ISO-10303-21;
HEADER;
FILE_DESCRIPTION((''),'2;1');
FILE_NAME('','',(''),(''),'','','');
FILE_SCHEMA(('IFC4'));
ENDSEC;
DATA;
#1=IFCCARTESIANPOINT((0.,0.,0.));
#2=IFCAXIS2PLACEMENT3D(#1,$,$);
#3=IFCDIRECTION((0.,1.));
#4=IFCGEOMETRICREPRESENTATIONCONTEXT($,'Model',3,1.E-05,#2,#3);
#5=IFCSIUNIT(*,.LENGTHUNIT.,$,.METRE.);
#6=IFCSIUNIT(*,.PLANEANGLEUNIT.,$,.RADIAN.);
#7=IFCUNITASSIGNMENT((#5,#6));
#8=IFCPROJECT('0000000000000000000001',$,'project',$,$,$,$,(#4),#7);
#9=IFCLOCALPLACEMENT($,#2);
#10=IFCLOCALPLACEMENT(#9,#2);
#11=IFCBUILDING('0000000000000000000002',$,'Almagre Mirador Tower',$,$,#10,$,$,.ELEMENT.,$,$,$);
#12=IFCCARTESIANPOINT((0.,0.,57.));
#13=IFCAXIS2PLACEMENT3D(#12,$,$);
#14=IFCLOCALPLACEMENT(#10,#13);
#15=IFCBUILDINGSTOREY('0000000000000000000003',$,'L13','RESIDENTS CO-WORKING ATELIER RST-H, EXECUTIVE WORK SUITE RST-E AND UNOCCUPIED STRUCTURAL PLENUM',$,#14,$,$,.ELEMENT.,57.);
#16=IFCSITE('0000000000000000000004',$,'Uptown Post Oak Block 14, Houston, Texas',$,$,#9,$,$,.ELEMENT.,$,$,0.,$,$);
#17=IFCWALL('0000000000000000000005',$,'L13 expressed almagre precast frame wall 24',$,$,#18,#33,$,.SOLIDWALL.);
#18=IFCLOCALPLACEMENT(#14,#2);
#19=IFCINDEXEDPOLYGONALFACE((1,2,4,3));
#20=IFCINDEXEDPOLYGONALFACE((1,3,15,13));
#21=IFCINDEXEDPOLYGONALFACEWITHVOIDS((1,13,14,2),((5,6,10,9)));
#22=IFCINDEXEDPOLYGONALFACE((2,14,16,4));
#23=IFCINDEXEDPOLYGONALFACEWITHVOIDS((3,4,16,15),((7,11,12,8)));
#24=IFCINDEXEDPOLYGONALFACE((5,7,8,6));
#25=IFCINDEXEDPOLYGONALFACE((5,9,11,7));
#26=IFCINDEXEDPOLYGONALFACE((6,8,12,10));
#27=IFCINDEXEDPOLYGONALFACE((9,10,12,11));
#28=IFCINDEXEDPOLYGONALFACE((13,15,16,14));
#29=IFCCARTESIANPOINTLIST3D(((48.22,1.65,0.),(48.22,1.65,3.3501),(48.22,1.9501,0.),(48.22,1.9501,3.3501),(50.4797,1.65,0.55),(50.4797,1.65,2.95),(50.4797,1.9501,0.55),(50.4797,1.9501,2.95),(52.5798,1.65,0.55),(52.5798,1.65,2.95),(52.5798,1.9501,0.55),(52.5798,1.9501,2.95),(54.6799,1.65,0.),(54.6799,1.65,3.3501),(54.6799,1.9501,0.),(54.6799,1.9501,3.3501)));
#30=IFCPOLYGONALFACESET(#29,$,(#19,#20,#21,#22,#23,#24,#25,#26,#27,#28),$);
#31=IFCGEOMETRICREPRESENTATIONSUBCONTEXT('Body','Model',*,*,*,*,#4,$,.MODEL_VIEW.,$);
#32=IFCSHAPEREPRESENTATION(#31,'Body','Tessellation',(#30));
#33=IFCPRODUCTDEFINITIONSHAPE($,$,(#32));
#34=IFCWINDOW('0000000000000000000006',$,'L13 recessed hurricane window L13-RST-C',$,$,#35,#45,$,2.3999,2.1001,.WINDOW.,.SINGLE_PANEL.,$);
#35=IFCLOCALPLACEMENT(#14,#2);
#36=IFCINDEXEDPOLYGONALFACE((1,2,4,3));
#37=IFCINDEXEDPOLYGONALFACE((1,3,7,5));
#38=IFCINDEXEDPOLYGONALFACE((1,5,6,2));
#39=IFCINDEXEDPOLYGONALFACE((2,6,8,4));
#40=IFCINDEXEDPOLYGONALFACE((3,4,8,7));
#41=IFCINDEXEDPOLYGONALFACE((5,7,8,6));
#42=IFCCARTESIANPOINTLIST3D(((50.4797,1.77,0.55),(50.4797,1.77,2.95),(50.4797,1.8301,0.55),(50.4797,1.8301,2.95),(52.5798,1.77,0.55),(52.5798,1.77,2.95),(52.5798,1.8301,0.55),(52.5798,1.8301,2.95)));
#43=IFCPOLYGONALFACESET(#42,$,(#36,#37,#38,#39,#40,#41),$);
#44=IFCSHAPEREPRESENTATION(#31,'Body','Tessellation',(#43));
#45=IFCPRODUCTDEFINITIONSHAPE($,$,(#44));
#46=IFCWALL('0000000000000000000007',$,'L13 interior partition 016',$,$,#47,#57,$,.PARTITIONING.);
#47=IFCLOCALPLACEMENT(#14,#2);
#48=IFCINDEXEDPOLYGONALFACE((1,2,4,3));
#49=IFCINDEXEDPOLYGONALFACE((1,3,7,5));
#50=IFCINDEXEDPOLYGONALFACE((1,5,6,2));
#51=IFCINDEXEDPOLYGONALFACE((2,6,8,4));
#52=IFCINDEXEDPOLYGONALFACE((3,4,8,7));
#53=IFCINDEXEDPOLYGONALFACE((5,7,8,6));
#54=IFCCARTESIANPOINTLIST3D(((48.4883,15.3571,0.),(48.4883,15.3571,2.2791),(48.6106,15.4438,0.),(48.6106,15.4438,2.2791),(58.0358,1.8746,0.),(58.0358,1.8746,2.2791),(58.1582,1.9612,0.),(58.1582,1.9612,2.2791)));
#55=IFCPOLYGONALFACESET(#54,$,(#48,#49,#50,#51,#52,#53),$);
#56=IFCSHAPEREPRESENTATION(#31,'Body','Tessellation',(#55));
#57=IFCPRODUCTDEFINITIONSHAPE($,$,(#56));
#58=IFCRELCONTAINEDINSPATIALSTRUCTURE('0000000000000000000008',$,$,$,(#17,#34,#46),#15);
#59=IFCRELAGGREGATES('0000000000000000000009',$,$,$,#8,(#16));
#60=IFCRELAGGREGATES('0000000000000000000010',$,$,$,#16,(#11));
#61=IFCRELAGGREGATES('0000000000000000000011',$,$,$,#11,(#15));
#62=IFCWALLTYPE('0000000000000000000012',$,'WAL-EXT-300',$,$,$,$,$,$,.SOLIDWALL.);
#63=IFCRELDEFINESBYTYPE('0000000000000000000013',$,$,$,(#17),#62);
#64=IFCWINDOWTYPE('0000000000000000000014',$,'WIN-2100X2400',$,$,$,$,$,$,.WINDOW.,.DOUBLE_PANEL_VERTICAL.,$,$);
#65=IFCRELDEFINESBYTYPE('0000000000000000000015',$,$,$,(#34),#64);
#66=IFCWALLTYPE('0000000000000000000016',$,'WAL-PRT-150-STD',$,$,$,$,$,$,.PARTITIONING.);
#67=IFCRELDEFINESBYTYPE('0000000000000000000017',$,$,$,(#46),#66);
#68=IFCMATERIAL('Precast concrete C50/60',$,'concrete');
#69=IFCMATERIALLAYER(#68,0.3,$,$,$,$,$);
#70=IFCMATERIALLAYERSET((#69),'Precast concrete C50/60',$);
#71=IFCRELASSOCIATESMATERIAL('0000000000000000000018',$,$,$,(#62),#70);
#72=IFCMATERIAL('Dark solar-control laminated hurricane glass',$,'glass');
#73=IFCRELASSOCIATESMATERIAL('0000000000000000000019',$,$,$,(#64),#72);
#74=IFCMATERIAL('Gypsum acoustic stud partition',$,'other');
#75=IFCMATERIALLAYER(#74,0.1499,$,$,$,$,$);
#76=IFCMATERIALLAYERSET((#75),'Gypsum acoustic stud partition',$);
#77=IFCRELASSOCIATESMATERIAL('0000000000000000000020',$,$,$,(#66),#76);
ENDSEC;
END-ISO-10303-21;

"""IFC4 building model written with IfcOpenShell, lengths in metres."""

from ifc_helpers import new_model, si_unit, direction, frame, frame_2d, origin, place, context, subcontext, project, spatial, rectangle, extrude, material, layer, layer_set, type_object, element, fill, save


model = new_model("IFC4")

# Units and contexts
model_context = context("Model", 3, precision=1e-05, world=origin(), true_north=direction((0.0, 1.0)))
body_context = subcontext(model_context, "Body", "Model", "MODEL_VIEW")
ifc_project = project(units=[si_unit("LENGTHUNIT", "METRE"), si_unit("PLANEANGLEUNIT", "RADIAN")], contexts=[model_context])

# Site, building, storey
site_placement = place(None, origin())
site = spatial("IfcSite", under=ifc_project, at=site_placement, Name="Uptown Post Oak Block 14, Houston, Texas", CompositionType="ELEMENT", RefElevation=0.0)
building_placement = place(site_placement, origin())
building = spatial("IfcBuilding", under=site, at=building_placement, Name="Almagre Mirador Tower", CompositionType="ELEMENT")
storey_placement = place(building_placement, frame((0.0, 0.0, 57.0)))
storey = spatial("IfcBuildingStorey", under=building, at=storey_placement, Name="L13", Description="RESIDENTS CO-WORKING ATELIER RST-H, EXECUTIVE WORK SUITE RST-E AND UNOCCUPIED STRUCTURAL PLENUM", CompositionType="ELEMENT", Elevation=57.0)

# Shared definitions
ifc_material_1 = material(Name="Precast concrete C50/60", Category="concrete")
ifc_layer_1 = layer(ifc_material_1, 0.3)
ifc_layer_set_1 = layer_set([ifc_layer_1], Name="Precast concrete C50/60")
wall_type_1 = type_object("IfcWallType", Name="WAL-EXT-300", PredefinedType="SOLIDWALL", material=ifc_layer_set_1)
ifc_material_2 = material(Name="Dark solar-control laminated hurricane glass", Category="glass")
window_type_1 = type_object("IfcWindowType", Name="WIN-2100X2400", PartitioningType="DOUBLE_PANEL_VERTICAL", PredefinedType="WINDOW", material=ifc_material_2)

# Wall, opening, window
wall_1_placement = place(storey_placement, frame((54.6799, 1.8, 0.0), z_axis=(0.0, 0.0, 1.0), x_axis=(-1.0, 0.0, 0.0)))
wall_1 = element("IfcWall", 1, at=wall_1_placement, inside=storey, type_object=wall_type_1, Name="L13 expressed almagre precast frame wall 24", PredefinedType="SOLIDWALL", context=body_context, shape_type="SweptSolid", body=[
    extrude(rectangle(XDim=6.46, YDim=0.3, at=frame_2d((3.23, 0.0))), origin(), (0.0, 0.0, 1.0), 3.3501),
])
opening_1_placement = place(wall_1_placement, frame((2.1001, 0.0, 0.55)))
opening_1 = element("IfcOpeningElement", 2, at=opening_1_placement, cuts=wall_1, PredefinedType="OPENING", context=body_context, shape_type="SweptSolid", body=[
    extrude(rectangle(XDim=2.1001, YDim=2.3999, at=frame_2d((1.05, 1.2))), frame((0.0, 0.1599, 0.0), z_axis=(0.0, -1.0, 0.0), x_axis=(1.0, 0.0, 0.0)), (0.0, 0.0, 1.0), 0.32),
])
window_1_placement = place(opening_1_placement, origin())
window_1 = element("IfcWindow", 3, at=window_1_placement, inside=storey, type_object=window_type_1, Name="L13 recessed hurricane window L13-RST-C", OverallHeight=2.3999, OverallWidth=2.1001, PartitioningType="SINGLE_PANEL", PredefinedType="WINDOW", context=body_context, shape_type="SweptSolid", body=[
    extrude(rectangle(XDim=2.1001, YDim=2.3999, at=frame_2d((1.05, 1.2))), frame((0.0, 0.03, 0.0), z_axis=(0.0, -1.0, 0.0), x_axis=(1.0, 0.0, 0.0)), (0.0, 0.0, 1.0), 0.0601),
])
fill(opening_1, window_1)

# Wall
ifc_material_3 = material(Name="Gypsum acoustic stud partition", Category="other")
ifc_layer_2 = layer(ifc_material_3, 0.1499)
ifc_layer_set_2 = layer_set([ifc_layer_2], Name="Gypsum acoustic stud partition")
wall_type_2 = type_object("IfcWallType", Name="WAL-PRT-150-STD", PredefinedType="PARTITIONING", material=ifc_layer_set_2)
wall_2_placement = place(storey_placement, frame((58.0969, 1.918, 0.0), z_axis=(0.0, 0.0, 1.0), x_axis=(-0.577912, 0.816099, 0.0)))
element("IfcWall", 4, at=wall_2_placement, inside=storey, type_object=wall_type_2, Name="L13 interior partition 016", PredefinedType="PARTITIONING", context=body_context, shape_type="SweptSolid", body=[
    extrude(rectangle(XDim=16.5208, YDim=0.1499, at=frame_2d((8.2603, 0.0))), origin(), (0.0, 0.0, 1.0), 2.2791),
])

save(model, "model.ifc")
